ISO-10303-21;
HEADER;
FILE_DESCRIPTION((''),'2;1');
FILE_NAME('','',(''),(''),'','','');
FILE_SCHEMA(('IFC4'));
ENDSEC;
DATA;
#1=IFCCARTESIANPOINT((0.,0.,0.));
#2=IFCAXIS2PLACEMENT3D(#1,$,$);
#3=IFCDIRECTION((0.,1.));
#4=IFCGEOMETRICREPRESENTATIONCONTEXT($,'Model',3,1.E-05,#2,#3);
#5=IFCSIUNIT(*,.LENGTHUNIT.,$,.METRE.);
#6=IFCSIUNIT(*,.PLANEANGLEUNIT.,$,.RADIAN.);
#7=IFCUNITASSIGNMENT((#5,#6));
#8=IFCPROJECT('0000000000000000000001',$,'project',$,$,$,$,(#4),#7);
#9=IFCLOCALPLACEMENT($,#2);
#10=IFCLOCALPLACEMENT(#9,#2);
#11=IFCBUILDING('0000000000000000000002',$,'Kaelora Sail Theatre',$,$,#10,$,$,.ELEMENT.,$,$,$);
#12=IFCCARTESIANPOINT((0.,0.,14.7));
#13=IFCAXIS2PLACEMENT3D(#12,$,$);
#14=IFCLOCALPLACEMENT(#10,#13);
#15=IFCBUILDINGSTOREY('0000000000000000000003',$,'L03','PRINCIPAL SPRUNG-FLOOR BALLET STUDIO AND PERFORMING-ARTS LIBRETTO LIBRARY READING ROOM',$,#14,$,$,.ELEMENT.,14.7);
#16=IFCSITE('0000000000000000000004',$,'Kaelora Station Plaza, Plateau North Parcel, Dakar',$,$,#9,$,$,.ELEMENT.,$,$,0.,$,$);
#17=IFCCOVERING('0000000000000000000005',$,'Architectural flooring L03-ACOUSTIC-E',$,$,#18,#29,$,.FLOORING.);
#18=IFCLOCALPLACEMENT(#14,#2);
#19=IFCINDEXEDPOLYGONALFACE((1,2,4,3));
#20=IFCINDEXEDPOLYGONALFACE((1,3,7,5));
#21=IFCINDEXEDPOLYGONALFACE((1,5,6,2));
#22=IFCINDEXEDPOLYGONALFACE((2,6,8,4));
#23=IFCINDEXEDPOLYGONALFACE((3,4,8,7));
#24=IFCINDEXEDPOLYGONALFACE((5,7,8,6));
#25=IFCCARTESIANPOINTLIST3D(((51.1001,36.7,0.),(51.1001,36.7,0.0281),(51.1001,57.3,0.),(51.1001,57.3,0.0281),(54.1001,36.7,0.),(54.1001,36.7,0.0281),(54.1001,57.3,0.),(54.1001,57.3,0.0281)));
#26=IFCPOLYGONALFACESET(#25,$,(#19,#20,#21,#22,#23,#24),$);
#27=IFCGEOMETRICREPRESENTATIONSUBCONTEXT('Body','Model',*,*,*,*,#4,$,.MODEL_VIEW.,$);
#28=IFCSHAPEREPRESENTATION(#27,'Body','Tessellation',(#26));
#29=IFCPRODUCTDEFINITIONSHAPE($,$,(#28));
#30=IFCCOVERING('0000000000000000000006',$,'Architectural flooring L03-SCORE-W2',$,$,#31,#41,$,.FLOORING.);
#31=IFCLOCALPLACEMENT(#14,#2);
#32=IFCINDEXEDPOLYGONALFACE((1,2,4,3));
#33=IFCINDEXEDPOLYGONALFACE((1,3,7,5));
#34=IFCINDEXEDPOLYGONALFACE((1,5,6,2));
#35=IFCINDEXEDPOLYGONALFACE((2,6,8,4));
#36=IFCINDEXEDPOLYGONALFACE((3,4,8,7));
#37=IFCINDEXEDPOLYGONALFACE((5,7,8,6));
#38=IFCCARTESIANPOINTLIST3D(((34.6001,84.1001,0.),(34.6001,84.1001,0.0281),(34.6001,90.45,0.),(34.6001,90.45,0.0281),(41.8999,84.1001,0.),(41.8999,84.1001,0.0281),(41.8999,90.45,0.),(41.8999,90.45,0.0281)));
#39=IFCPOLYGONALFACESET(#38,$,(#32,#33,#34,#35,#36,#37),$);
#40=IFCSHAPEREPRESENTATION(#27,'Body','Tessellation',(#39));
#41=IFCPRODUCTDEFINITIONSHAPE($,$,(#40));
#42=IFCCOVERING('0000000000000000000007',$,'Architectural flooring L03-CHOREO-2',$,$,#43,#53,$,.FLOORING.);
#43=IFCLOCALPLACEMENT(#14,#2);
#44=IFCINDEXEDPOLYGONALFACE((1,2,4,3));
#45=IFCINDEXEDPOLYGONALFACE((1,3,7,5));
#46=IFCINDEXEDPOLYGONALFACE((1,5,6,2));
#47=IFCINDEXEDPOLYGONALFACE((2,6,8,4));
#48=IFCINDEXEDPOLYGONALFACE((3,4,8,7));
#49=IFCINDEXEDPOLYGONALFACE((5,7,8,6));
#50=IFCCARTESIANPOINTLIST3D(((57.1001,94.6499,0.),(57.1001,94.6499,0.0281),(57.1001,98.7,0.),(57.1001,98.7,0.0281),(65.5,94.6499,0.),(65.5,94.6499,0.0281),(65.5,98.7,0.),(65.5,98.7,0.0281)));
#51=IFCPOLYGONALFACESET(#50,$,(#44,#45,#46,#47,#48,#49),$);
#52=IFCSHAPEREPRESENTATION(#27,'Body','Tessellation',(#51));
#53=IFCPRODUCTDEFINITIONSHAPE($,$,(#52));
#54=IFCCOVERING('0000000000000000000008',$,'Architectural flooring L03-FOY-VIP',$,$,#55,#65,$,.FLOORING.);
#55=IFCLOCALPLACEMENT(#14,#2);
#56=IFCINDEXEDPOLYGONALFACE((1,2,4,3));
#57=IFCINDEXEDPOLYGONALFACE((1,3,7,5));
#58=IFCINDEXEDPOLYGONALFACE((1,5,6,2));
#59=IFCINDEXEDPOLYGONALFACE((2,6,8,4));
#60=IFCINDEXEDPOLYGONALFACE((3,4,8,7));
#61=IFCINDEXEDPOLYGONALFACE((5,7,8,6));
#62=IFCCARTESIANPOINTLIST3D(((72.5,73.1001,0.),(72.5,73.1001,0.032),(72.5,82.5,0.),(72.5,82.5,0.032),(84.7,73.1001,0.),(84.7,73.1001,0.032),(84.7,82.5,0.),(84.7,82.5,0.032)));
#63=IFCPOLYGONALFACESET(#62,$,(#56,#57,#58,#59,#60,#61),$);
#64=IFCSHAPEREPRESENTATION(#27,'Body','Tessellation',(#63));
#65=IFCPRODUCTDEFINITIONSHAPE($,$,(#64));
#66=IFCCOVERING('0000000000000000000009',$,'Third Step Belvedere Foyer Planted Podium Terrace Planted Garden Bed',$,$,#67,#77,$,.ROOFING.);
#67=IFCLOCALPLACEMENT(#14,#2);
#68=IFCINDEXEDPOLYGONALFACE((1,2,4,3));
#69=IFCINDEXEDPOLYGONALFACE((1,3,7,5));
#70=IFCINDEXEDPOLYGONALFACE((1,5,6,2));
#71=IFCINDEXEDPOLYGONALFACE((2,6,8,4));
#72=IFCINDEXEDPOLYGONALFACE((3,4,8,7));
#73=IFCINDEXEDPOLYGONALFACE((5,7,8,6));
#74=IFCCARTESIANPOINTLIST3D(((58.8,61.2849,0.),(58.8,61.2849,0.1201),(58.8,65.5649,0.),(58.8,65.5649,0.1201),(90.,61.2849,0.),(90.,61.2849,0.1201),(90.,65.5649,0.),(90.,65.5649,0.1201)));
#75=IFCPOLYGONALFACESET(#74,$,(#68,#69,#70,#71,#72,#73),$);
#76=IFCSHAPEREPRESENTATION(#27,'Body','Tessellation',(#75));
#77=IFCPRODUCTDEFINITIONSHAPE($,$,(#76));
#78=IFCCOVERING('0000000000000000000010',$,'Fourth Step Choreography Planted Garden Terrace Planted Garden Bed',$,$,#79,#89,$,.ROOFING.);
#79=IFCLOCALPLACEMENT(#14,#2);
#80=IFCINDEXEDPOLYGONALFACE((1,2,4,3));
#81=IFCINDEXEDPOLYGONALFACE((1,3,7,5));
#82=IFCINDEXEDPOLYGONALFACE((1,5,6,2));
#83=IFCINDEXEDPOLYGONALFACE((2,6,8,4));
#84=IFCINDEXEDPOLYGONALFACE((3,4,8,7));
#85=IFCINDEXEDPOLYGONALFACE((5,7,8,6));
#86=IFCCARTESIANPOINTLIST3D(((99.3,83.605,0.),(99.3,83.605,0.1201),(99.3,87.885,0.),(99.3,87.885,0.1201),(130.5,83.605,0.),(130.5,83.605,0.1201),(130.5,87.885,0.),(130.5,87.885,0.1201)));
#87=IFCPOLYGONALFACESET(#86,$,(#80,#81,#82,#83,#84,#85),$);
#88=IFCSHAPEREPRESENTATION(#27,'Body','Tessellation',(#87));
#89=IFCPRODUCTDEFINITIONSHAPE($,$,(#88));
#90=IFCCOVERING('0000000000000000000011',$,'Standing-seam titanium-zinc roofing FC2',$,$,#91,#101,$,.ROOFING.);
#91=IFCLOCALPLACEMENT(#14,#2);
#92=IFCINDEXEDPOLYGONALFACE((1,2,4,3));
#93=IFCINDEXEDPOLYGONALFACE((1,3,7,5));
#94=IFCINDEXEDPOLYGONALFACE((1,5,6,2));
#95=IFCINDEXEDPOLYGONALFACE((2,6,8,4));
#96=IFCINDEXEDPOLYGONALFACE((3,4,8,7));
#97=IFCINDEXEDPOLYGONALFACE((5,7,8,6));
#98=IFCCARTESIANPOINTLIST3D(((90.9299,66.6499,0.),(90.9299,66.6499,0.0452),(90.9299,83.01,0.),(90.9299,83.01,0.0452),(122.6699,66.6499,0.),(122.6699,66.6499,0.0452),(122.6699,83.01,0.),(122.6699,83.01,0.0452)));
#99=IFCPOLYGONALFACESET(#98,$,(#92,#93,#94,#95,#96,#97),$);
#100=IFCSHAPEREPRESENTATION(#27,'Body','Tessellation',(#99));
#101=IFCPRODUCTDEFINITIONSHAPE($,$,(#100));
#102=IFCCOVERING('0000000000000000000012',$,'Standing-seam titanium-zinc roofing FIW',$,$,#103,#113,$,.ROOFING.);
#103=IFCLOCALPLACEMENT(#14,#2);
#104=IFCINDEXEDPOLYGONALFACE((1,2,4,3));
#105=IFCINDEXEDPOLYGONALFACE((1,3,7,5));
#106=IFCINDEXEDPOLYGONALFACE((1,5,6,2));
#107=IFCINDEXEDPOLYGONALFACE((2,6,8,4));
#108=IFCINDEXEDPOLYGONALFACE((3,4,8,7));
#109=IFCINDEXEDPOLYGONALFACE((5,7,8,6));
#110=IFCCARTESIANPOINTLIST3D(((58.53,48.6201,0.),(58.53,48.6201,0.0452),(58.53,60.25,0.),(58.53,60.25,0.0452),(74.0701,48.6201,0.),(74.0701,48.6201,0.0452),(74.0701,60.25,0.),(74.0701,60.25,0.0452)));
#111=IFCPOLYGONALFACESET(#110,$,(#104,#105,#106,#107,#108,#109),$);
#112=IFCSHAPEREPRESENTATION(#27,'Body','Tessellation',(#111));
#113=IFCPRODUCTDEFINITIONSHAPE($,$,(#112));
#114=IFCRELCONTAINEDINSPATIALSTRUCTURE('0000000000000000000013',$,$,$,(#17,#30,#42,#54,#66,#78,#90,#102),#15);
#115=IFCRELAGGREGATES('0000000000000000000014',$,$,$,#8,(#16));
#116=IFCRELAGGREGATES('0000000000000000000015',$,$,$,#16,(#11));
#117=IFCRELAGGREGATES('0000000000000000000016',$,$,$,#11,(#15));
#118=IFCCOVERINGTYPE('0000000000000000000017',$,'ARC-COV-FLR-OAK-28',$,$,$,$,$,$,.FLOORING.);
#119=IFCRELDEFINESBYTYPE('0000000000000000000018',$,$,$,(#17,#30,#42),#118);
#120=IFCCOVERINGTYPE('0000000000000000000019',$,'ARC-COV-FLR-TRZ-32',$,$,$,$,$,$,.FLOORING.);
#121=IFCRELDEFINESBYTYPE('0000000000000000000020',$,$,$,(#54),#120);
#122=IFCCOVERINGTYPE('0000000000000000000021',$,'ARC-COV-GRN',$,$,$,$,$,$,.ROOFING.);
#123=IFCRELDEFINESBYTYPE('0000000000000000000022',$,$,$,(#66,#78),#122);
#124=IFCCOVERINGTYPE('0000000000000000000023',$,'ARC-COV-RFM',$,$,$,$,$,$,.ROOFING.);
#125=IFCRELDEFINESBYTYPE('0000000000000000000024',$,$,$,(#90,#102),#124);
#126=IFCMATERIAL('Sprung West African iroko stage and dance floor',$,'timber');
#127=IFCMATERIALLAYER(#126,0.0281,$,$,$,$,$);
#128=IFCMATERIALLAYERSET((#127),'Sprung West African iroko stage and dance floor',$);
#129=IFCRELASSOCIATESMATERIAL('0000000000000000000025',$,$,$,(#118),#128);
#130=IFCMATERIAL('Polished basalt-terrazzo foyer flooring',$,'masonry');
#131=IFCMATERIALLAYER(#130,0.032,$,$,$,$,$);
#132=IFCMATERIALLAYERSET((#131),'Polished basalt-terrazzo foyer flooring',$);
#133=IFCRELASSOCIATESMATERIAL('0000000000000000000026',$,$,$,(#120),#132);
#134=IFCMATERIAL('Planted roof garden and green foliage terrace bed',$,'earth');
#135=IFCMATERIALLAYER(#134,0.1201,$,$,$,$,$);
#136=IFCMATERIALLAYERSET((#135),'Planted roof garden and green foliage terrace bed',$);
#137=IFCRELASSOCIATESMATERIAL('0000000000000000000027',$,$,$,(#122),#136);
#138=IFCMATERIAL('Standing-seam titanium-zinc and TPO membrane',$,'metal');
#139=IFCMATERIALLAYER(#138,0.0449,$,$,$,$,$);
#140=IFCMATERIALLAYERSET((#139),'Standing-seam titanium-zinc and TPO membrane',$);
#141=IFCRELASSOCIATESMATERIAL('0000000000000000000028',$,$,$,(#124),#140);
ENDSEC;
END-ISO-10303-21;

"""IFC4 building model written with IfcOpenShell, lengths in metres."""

from ifc_helpers import new_model, si_unit, direction, frame, origin, place, context, subcontext, project, spatial, polyline, outline, extrude, material, layer, layer_set, type_object, element, save


model = new_model("IFC4")

# Units and contexts
model_context = context("Model", 3, precision=1e-05, world=origin(), true_north=direction((0.0, 1.0)))
body_context = subcontext(model_context, "Body", "Model", "MODEL_VIEW")
ifc_project = project(units=[si_unit("LENGTHUNIT", "METRE"), si_unit("PLANEANGLEUNIT", "RADIAN")], contexts=[model_context])

# Site, building, storey
site_placement = place(None, origin())
site = spatial("IfcSite", under=ifc_project, at=site_placement, Name="Kaelora Station Plaza, Plateau North Parcel, Dakar", CompositionType="ELEMENT", RefElevation=0.0)
building_placement = place(site_placement, origin())
building = spatial("IfcBuilding", under=site, at=building_placement, Name="Kaelora Sail Theatre", CompositionType="ELEMENT")
storey_placement = place(building_placement, frame((0.0, 0.0, 14.7)))
storey = spatial("IfcBuildingStorey", under=building, at=storey_placement, Name="L03", Description="PRINCIPAL SPRUNG-FLOOR BALLET STUDIO AND PERFORMING-ARTS LIBRETTO LIBRARY READING ROOM", CompositionType="ELEMENT", Elevation=14.7)

# Coverings
ifc_material_1 = material(Name="Sprung West African iroko stage and dance floor", Category="timber")
ifc_layer_1 = layer(ifc_material_1, 0.0281)
ifc_layer_set_1 = layer_set([ifc_layer_1], Name="Sprung West African iroko stage and dance floor")
covering_type_1 = type_object("IfcCoveringType", Name="ARC-COV-FLR-OAK-28", PredefinedType="FLOORING", material=ifc_layer_set_1)
covering_1_placement = place(storey_placement, origin())
element("IfcCovering", 1, at=covering_1_placement, inside=storey, type_object=covering_type_1, Name="Architectural flooring L03-ACOUSTIC-E", PredefinedType="FLOORING", context=body_context, shape_type="SweptSolid", body=[
    extrude(outline(polyline([(51.1001, 36.7), (54.1001, 36.7), (54.1001, 57.3), (51.1001, 57.3), (51.1001, 36.7)])), origin(), (0.0, 0.0, 1.0), 0.0281),
])
covering_2_placement = place(storey_placement, origin())
element("IfcCovering", 2, at=covering_2_placement, inside=storey, type_object=covering_type_1, Name="Architectural flooring L03-SCORE-W2", PredefinedType="FLOORING", context=body_context, shape_type="SweptSolid", body=[
    extrude(outline(polyline([(34.6001, 84.1001), (41.8999, 84.1001), (41.8999, 90.45), (34.6001, 90.45), (34.6001, 84.1001)])), origin(), (0.0, 0.0, 1.0), 0.0281),
])
covering_3_placement = place(storey_placement, origin())
element("IfcCovering", 3, at=covering_3_placement, inside=storey, type_object=covering_type_1, Name="Architectural flooring L03-CHOREO-2", PredefinedType="FLOORING", context=body_context, shape_type="SweptSolid", body=[
    extrude(outline(polyline([(57.1001, 94.6499), (65.5, 94.6499), (65.5, 98.7), (57.1001, 98.7), (57.1001, 94.6499)])), origin(), (0.0, 0.0, 1.0), 0.0281),
])
ifc_material_2 = material(Name="Polished basalt-terrazzo foyer flooring", Category="masonry")
ifc_layer_2 = layer(ifc_material_2, 0.032)
ifc_layer_set_2 = layer_set([ifc_layer_2], Name="Polished basalt-terrazzo foyer flooring")
covering_type_2 = type_object("IfcCoveringType", Name="ARC-COV-FLR-TRZ-32", PredefinedType="FLOORING", material=ifc_layer_set_2)
covering_4_placement = place(storey_placement, origin())
element("IfcCovering", 4, at=covering_4_placement, inside=storey, type_object=covering_type_2, Name="Architectural flooring L03-FOY-VIP", PredefinedType="FLOORING", context=body_context, shape_type="SweptSolid", body=[
    extrude(outline(polyline([(72.5, 73.1001), (84.7, 73.1001), (84.7, 82.5), (72.5, 82.5), (72.5, 73.1001)])), origin(), (0.0, 0.0, 1.0), 0.032),
])
ifc_material_3 = material(Name="Planted roof garden and green foliage terrace bed", Category="earth")
ifc_layer_3 = layer(ifc_material_3, 0.1201)
ifc_layer_set_3 = layer_set([ifc_layer_3], Name="Planted roof garden and green foliage terrace bed")
covering_type_3 = type_object("IfcCoveringType", Name="ARC-COV-GRN", PredefinedType="ROOFING", material=ifc_layer_set_3)
covering_5_placement = place(storey_placement, origin())
element("IfcCovering", 5, at=covering_5_placement, inside=storey, type_object=covering_type_3, Name="Third Step Belvedere Foyer Planted Podium Terrace Planted Garden Bed", PredefinedType="ROOFING", context=body_context, shape_type="SweptSolid", body=[
    extrude(outline(polyline([(58.8, 61.2849), (90.0, 61.2849), (90.0, 65.5649), (58.8, 65.5649), (58.8, 61.2849)])), origin(), (0.0, 0.0, 1.0), 0.1201),
])
covering_6_placement = place(storey_placement, origin())
element("IfcCovering", 6, at=covering_6_placement, inside=storey, type_object=covering_type_3, Name="Fourth Step Choreography Planted Garden Terrace Planted Garden Bed", PredefinedType="ROOFING", context=body_context, shape_type="SweptSolid", body=[
    extrude(outline(polyline([(99.3, 83.605), (130.5, 83.605), (130.5, 87.885), (99.3, 87.885), (99.3, 83.605)])), origin(), (0.0, 0.0, 1.0), 0.1201),
])
ifc_material_4 = material(Name="Standing-seam titanium-zinc and TPO membrane", Category="metal")
ifc_layer_4 = layer(ifc_material_4, 0.0449)
ifc_layer_set_4 = layer_set([ifc_layer_4], Name="Standing-seam titanium-zinc and TPO membrane")
covering_type_4 = type_object("IfcCoveringType", Name="ARC-COV-RFM", PredefinedType="ROOFING", material=ifc_layer_set_4)
covering_7_placement = place(storey_placement, origin())
element("IfcCovering", 7, at=covering_7_placement, inside=storey, type_object=covering_type_4, Name="Standing-seam titanium-zinc roofing FC2", PredefinedType="ROOFING", context=body_context, shape_type="SweptSolid", body=[
    extrude(outline(polyline([(90.9299, 66.6499), (122.6699, 66.6499), (122.6699, 83.01), (90.9299, 83.01), (90.9299, 66.6499)])), origin(), (0.0, 0.0, 1.0), 0.0452),
])
covering_8_placement = place(storey_placement, origin())
element("IfcCovering", 8, at=covering_8_placement, inside=storey, type_object=covering_type_4, Name="Standing-seam titanium-zinc roofing FIW", PredefinedType="ROOFING", context=body_context, shape_type="SweptSolid", body=[
    extrude(outline(polyline([(58.53, 48.6201), (74.0701, 48.6201), (74.0701, 60.25), (58.53, 60.25), (58.53, 48.6201)])), origin(), (0.0, 0.0, 1.0), 0.0452),
])

save(model, "model.ifc")
